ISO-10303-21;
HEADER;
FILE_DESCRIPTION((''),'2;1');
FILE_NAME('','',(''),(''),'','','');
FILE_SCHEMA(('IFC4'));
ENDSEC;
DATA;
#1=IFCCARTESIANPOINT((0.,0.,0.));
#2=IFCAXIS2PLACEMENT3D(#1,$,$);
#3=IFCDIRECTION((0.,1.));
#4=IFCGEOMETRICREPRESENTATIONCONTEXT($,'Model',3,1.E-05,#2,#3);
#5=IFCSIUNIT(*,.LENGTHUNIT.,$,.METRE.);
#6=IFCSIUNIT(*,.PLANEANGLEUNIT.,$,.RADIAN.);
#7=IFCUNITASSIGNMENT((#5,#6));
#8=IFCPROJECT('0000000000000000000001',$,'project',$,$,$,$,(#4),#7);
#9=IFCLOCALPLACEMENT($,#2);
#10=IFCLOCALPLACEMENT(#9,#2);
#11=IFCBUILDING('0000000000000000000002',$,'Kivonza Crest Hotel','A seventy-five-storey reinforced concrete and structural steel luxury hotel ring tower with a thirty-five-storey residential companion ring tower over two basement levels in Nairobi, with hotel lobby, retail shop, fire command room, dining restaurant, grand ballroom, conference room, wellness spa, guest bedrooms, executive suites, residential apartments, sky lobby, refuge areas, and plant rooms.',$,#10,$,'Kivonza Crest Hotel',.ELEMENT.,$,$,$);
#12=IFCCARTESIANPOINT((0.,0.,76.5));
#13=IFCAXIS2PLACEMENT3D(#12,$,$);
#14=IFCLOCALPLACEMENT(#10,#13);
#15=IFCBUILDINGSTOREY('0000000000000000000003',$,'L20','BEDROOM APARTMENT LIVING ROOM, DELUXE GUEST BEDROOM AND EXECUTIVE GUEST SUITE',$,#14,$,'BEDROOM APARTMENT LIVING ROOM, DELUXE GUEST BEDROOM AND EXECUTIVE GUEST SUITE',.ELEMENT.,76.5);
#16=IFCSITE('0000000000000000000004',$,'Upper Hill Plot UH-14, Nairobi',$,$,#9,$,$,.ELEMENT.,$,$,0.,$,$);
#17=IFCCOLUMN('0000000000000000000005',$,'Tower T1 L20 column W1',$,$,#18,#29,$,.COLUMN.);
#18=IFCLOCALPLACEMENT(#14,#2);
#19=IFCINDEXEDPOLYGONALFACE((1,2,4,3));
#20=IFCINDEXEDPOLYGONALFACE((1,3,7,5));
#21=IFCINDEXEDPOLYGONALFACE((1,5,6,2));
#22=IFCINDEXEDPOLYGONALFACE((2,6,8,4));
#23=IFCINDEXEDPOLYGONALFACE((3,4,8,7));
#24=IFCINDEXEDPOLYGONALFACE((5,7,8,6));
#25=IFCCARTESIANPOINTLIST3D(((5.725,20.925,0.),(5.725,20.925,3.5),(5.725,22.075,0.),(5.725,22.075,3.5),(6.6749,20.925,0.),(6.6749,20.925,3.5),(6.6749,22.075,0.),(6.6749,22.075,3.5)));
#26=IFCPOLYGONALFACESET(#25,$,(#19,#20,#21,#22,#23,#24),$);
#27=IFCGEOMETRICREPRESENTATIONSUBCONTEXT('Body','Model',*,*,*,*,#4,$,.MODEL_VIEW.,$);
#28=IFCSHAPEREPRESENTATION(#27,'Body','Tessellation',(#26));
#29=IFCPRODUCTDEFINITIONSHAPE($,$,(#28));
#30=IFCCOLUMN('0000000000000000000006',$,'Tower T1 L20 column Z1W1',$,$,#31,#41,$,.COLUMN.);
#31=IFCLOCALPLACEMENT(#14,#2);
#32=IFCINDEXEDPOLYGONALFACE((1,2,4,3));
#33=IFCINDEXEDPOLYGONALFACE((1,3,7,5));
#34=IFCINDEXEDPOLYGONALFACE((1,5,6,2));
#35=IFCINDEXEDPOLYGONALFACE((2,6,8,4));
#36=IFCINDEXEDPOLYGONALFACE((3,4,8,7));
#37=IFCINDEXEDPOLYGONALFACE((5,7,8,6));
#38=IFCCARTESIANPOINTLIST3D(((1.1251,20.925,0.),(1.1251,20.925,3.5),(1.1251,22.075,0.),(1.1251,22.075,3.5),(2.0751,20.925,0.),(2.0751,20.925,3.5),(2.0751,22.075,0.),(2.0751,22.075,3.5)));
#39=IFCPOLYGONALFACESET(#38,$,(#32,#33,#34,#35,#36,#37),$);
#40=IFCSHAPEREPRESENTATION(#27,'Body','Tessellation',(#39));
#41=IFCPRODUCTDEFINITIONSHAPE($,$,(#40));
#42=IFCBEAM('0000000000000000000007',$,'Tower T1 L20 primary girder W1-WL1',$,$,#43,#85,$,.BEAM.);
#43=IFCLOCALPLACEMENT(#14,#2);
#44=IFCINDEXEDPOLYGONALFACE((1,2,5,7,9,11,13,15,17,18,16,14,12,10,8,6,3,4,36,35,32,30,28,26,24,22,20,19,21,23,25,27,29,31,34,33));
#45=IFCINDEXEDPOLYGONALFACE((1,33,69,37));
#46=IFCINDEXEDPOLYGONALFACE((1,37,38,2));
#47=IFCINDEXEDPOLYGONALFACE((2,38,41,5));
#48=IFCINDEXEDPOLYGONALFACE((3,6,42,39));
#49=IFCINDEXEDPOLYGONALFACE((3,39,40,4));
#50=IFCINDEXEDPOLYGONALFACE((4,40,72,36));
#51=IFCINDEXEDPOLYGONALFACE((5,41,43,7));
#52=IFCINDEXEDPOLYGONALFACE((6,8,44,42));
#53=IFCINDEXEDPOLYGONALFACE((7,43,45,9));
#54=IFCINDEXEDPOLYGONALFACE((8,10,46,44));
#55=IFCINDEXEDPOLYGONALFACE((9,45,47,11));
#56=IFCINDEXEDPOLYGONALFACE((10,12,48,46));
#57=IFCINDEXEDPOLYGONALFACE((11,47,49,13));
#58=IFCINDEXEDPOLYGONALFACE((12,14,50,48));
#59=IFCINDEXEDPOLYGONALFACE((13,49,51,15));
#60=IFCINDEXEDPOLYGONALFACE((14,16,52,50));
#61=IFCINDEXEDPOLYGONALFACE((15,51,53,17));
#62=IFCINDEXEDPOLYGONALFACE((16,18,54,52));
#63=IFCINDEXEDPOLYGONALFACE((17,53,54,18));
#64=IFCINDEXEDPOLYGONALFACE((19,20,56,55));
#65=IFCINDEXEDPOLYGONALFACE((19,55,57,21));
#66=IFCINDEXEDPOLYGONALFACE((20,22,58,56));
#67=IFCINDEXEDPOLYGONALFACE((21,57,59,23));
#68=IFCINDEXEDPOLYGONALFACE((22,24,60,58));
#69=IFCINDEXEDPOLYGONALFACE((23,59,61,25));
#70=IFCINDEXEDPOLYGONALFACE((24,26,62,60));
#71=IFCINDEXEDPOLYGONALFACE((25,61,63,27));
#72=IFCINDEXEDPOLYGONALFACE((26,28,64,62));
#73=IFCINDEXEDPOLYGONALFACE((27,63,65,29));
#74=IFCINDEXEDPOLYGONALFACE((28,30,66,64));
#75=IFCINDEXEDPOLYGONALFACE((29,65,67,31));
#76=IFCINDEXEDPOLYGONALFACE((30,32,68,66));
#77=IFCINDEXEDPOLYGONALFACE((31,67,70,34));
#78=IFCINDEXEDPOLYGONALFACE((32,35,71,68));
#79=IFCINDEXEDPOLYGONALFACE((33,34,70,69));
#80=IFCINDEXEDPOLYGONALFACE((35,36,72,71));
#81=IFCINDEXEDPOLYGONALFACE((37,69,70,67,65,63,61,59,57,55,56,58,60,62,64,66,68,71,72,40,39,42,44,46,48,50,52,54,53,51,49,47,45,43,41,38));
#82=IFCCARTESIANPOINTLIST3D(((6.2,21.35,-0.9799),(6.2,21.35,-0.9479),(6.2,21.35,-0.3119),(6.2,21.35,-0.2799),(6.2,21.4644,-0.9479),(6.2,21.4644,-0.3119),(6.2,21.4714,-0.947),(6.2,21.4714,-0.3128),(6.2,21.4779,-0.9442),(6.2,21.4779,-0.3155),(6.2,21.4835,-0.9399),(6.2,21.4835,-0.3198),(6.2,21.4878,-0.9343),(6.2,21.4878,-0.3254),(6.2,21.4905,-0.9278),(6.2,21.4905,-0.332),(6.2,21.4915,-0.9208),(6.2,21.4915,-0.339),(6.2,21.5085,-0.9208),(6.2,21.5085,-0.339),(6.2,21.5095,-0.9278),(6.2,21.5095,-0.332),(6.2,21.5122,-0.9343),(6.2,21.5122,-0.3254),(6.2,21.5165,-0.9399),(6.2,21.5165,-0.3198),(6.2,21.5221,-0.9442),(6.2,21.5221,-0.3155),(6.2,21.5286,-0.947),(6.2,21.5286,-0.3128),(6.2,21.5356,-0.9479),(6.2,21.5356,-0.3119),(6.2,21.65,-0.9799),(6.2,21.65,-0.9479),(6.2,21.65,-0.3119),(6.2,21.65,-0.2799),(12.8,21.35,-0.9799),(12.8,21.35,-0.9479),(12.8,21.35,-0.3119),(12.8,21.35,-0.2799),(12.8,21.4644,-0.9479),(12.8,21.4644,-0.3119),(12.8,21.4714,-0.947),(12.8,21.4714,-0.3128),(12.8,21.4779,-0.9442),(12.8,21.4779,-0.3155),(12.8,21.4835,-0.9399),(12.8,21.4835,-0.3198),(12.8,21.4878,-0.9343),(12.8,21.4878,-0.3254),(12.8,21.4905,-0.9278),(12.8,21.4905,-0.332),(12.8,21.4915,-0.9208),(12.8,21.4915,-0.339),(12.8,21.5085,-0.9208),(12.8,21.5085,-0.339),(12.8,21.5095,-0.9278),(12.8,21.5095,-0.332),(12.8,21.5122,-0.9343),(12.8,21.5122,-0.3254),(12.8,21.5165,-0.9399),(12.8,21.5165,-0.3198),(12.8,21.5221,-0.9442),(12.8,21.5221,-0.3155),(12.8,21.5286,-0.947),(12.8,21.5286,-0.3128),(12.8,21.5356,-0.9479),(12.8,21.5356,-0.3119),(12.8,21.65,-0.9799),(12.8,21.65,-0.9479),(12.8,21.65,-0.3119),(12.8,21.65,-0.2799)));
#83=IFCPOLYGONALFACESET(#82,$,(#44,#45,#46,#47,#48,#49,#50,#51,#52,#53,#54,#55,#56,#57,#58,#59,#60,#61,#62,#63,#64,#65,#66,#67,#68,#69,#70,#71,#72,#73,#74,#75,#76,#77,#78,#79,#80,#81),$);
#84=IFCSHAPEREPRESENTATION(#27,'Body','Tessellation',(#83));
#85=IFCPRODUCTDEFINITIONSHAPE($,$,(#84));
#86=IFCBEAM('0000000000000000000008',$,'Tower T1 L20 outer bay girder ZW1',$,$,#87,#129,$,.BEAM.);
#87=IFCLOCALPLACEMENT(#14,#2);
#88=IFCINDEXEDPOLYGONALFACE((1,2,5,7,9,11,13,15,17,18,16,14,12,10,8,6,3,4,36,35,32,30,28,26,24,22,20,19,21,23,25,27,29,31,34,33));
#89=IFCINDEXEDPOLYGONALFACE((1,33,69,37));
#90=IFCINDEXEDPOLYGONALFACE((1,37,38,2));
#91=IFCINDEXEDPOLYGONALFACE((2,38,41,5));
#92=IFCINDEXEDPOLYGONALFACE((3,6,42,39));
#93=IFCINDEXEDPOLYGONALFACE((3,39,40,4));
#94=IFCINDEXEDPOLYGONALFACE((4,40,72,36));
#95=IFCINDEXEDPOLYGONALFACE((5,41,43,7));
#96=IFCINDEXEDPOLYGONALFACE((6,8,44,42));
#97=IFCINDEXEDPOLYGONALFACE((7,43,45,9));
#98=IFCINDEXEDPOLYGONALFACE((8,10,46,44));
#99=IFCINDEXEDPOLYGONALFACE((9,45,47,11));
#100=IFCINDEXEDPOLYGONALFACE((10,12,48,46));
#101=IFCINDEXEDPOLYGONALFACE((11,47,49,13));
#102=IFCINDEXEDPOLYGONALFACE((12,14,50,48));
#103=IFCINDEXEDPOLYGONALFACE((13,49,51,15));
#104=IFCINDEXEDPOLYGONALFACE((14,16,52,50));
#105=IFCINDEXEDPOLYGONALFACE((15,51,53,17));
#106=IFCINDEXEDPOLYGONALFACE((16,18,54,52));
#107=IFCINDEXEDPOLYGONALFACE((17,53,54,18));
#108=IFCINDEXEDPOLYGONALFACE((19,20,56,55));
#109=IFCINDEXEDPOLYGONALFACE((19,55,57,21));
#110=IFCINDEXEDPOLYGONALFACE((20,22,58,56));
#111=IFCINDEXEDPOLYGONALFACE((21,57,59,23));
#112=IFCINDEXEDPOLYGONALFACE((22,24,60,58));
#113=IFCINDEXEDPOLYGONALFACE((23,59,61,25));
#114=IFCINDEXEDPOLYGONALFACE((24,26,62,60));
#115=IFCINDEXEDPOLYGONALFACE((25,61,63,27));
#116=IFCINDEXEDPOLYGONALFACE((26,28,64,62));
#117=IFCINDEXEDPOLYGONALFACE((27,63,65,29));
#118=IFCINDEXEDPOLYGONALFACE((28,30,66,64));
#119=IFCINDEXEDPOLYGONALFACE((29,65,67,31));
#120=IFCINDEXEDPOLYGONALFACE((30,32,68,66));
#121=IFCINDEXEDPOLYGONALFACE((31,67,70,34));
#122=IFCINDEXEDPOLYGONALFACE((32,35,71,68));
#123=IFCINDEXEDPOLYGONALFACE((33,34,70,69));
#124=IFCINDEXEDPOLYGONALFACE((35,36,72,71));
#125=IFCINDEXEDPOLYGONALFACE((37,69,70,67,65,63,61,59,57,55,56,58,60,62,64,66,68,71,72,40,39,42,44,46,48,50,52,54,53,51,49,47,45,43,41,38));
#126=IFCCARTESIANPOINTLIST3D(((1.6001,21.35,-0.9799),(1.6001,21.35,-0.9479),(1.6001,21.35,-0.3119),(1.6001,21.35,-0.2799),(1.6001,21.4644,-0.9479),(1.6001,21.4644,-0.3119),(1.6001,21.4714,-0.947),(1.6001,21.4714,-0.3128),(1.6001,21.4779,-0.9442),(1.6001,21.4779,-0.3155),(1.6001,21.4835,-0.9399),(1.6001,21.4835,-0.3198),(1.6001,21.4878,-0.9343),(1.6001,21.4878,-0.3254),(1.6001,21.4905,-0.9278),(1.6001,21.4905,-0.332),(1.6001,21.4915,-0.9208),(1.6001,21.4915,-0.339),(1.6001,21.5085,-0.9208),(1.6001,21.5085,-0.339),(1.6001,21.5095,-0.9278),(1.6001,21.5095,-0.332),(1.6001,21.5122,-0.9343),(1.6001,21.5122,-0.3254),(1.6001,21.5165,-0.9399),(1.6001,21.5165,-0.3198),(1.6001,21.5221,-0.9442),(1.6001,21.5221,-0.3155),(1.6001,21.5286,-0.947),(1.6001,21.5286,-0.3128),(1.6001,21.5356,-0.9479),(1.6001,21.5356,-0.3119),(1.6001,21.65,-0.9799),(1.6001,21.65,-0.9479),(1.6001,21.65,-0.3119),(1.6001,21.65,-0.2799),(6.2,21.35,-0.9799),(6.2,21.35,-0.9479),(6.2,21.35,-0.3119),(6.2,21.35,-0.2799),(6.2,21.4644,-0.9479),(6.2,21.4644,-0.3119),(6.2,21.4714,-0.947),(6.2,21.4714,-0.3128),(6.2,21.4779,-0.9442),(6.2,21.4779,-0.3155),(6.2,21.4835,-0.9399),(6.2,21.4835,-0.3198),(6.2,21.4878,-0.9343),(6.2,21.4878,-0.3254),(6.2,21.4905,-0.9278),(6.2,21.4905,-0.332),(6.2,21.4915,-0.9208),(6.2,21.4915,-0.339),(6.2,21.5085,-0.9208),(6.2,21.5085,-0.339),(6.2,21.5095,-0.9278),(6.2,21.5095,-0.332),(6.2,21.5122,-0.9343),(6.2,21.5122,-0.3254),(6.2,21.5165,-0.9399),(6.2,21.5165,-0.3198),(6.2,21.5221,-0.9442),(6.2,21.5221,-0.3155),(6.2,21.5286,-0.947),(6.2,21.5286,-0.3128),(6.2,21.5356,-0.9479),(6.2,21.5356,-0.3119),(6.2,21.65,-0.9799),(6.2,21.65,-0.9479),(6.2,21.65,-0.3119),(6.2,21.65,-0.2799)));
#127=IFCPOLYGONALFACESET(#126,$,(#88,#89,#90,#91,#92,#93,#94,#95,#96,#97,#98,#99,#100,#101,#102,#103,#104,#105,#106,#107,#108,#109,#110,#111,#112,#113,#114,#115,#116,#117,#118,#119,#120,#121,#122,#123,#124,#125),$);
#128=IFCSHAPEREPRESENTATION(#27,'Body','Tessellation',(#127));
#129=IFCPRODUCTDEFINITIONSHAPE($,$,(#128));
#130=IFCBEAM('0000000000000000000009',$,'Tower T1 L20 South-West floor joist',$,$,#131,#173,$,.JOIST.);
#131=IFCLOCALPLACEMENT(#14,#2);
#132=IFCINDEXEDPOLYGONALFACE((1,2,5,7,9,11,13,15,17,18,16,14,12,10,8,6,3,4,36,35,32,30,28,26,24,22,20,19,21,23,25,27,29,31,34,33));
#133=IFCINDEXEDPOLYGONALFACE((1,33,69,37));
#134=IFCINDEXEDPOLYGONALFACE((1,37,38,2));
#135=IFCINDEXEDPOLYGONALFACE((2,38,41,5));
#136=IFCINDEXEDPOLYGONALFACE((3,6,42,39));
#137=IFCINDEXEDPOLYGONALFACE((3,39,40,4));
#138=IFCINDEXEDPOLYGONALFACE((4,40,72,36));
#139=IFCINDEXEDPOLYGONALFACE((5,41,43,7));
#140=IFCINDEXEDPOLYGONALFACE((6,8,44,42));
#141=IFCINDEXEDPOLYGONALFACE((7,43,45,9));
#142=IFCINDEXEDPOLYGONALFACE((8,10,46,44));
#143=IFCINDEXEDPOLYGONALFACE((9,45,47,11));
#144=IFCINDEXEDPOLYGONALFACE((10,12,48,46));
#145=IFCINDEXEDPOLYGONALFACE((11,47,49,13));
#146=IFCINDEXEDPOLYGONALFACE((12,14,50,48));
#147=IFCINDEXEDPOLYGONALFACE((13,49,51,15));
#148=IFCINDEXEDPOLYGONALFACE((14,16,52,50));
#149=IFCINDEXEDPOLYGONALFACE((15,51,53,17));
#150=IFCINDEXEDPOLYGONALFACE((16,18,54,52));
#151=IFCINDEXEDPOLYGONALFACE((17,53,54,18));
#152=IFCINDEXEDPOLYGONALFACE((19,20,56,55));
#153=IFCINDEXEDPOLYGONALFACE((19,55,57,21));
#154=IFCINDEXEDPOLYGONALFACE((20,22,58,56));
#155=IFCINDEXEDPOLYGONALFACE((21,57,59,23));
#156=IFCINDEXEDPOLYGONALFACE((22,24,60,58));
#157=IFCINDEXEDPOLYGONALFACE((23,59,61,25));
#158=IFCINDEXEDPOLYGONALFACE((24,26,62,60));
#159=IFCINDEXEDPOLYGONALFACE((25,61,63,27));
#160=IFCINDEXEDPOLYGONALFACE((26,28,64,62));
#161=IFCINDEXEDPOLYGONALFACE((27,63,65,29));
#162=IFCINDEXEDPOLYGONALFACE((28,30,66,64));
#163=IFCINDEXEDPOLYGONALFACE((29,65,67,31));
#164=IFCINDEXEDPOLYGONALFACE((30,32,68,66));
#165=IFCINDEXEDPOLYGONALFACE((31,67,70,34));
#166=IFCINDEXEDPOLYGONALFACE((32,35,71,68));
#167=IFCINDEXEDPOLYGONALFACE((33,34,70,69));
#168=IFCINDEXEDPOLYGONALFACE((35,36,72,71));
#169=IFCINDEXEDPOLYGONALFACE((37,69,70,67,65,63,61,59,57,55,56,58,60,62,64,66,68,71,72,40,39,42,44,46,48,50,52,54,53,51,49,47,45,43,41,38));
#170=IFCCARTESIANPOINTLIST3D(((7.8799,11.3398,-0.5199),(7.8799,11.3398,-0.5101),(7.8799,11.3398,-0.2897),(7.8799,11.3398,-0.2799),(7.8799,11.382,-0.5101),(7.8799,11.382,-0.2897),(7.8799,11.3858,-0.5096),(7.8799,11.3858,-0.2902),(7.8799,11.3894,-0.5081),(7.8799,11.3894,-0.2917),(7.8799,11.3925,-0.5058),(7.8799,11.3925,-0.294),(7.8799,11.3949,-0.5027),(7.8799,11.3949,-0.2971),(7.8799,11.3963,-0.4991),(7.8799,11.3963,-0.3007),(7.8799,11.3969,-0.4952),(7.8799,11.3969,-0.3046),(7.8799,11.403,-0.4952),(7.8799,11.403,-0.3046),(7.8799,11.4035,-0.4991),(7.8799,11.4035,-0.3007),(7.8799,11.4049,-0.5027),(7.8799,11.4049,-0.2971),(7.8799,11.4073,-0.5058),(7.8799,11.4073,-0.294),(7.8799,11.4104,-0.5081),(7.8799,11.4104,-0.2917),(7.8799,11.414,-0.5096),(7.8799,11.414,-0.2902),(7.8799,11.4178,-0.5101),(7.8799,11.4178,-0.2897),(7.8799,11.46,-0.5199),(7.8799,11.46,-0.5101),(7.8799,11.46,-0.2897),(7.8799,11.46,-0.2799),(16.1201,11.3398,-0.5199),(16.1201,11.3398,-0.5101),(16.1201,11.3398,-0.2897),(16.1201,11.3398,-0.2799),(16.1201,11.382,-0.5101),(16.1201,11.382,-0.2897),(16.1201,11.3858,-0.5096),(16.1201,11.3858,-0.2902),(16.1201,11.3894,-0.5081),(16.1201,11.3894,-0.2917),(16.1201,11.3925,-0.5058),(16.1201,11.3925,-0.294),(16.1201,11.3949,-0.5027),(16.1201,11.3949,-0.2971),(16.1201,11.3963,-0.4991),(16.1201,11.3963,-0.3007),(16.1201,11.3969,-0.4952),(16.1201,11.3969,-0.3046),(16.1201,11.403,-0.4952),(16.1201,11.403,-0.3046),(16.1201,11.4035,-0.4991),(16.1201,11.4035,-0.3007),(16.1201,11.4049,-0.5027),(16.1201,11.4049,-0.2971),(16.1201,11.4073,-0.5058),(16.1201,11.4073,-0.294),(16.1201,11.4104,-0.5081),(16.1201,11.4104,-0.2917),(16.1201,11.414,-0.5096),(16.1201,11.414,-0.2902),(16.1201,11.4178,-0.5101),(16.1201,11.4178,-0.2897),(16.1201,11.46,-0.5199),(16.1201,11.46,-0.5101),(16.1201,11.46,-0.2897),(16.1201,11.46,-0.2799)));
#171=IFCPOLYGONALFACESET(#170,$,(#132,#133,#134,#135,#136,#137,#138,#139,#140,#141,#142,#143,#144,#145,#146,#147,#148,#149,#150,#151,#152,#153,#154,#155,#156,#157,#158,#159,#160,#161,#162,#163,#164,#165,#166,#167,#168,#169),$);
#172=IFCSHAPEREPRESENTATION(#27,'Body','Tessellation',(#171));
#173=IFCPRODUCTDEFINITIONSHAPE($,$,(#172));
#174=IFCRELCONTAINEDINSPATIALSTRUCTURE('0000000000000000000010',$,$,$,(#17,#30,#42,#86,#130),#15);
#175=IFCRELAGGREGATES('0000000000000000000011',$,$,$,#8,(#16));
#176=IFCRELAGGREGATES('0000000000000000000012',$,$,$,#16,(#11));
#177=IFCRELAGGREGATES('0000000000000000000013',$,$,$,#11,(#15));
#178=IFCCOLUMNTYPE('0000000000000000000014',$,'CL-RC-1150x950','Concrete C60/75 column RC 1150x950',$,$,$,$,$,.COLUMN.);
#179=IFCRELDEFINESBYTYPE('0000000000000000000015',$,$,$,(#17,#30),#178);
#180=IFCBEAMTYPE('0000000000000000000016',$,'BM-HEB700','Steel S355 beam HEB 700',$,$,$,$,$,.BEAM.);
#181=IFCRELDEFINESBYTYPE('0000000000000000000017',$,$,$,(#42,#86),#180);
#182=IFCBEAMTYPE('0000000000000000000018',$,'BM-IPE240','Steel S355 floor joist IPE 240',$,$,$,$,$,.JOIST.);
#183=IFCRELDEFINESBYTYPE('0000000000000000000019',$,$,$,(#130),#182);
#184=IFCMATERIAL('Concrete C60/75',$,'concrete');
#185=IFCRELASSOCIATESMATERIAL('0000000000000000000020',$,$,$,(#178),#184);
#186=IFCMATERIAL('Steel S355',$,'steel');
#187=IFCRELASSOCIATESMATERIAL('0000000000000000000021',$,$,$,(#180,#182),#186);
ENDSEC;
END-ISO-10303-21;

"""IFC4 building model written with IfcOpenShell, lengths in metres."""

from ifc_helpers import new_model, si_unit, direction, frame, origin, origin_2d, place, context, subcontext, project, spatial, rectangle, i_section, extrude, material, material_profile, profile_set, type_object, element, save


model = new_model("IFC4")

# Units and contexts
model_context = context("Model", 3, precision=1e-05, world=origin(), true_north=direction((0.0, 1.0)))
body_context = subcontext(model_context, "Body", "Model", "MODEL_VIEW")
ifc_project = project(units=[si_unit("LENGTHUNIT", "METRE"), si_unit("PLANEANGLEUNIT", "RADIAN")], contexts=[model_context])

# Site, building, storey
site_placement = place(None, origin())
site = spatial("IfcSite", under=ifc_project, at=site_placement, Name="Upper Hill Plot UH-14, Nairobi", CompositionType="ELEMENT", RefElevation=0.0)
building_placement = place(site_placement, origin())
building = spatial("IfcBuilding", under=site, at=building_placement, Name="Kivonza Crest Hotel", Description="A seventy-five-storey reinforced concrete and structural steel luxury hotel ring tower with a thirty-five-storey residential companion ring tower over two basement levels in Nairobi, with hotel lobby, retail shop, fire command room, dining restaurant, grand ballroom, conference room, wellness spa, guest bedrooms, executive suites, residential apartments, sky lobby, refuge areas, and plant rooms.", LongName="Kivonza Crest Hotel", CompositionType="ELEMENT")
storey_placement = place(building_placement, frame((0.0, 0.0, 76.5)))
storey = spatial("IfcBuildingStorey", under=building, at=storey_placement, Name="L20", Description="BEDROOM APARTMENT LIVING ROOM, DELUXE GUEST BEDROOM AND EXECUTIVE GUEST SUITE", LongName="BEDROOM APARTMENT LIVING ROOM, DELUXE GUEST BEDROOM AND EXECUTIVE GUEST SUITE", CompositionType="ELEMENT", Elevation=76.5)

# Columns
ifc_material_1 = material(Name="Concrete C60/75", Category="concrete")
ifc_material_profile_1 = material_profile(ifc_material_1, rectangle(XDim=0.95, YDim=1.1499, at=origin_2d()), Name="RC 1150x950")
ifc_profile_set_1 = profile_set([ifc_material_profile_1], Name="Concrete C60/75")
column_type = type_object("IfcColumnType", Name="CL-RC-1150x950", Description="Concrete C60/75 column RC 1150x950", PredefinedType="COLUMN", material=ifc_profile_set_1)
for number, where, z_axis, x_axis, name in (
    (1, (6.2, 21.5, 0.0), (0.0, 0.0, 1.0), (1.0, 0.0, 0.0), "Tower T1 L20 column W1"),
    (2, (1.6001, 21.5, 0.0), (0.0, 0.0, 1.0), (1.0, 0.0, 0.0), "Tower T1 L20 column Z1W1"),
):
    element("IfcColumn", number, at=place(storey_placement, frame(where, z_axis=z_axis, x_axis=x_axis)), inside=storey, type_object=column_type, Name=name, PredefinedType="COLUMN", context=body_context, shape_type="SweptSolid", body=[
        extrude(rectangle(XDim=0.95, YDim=1.1499, at=origin_2d()), origin(), (0.0, 0.0, 1.0), 3.5),
    ])

# Beams
ifc_material_2 = material(Name="Steel S355", Category="steel")
ifc_material_profile_2 = material_profile(ifc_material_2, i_section(OverallWidth=0.3, OverallDepth=0.7, WebThickness=0.0171, FlangeThickness=0.032, FilletRadius=0.0271, at=origin_2d()), Name="HEB 700")
ifc_profile_set_2 = profile_set([ifc_material_profile_2], Name="Steel S355")
beam_type_1 = type_object("IfcBeamType", Name="BM-HEB700", Description="Steel S355 beam HEB 700", PredefinedType="BEAM", material=ifc_profile_set_2)
beam_1_placement = place(storey_placement, frame((6.2, 21.5, -0.6299), z_axis=(1.0, 0.0, 0.0), x_axis=(0.0, 1.0, 0.0)))
element("IfcBeam", 3, at=beam_1_placement, inside=storey, type_object=beam_type_1, Name="Tower T1 L20 primary girder W1-WL1", PredefinedType="BEAM", context=body_context, shape_type="SweptSolid", body=[
    extrude(i_section(OverallWidth=0.3, OverallDepth=0.7, WebThickness=0.0171, FlangeThickness=0.032, FilletRadius=0.0271, at=origin_2d()), origin(), (0.0, 0.0, 1.0), 6.6001),
])
beam_2_placement = place(storey_placement, frame((1.6001, 21.5, -0.6299), z_axis=(1.0, 0.0, 0.0), x_axis=(0.0, 1.0, 0.0)))
element("IfcBeam", 4, at=beam_2_placement, inside=storey, type_object=beam_type_1, Name="Tower T1 L20 outer bay girder ZW1", PredefinedType="BEAM", context=body_context, shape_type="SweptSolid", body=[
    extrude(i_section(OverallWidth=0.3, OverallDepth=0.7, WebThickness=0.0171, FlangeThickness=0.032, FilletRadius=0.0271, at=origin_2d()), origin(), (0.0, 0.0, 1.0), 4.5999),
])
ifc_material_profile_3 = material_profile(ifc_material_2, i_section(OverallWidth=0.1201, OverallDepth=0.24, WebThickness=0.0061, FlangeThickness=0.0098, FilletRadius=0.0149, at=origin_2d()), Name="IPE 240")
ifc_profile_set_3 = profile_set([ifc_material_profile_3], Name="Steel S355")
beam_type_2 = type_object("IfcBeamType", Name="BM-IPE240", Description="Steel S355 floor joist IPE 240", PredefinedType="JOIST", material=ifc_profile_set_3)
beam_3_placement = place(storey_placement, frame((7.8799, 11.3999, -0.3999), z_axis=(1.0, 0.0, 0.0), x_axis=(0.0, 1.0, 0.0)))
element("IfcBeam", 5, at=beam_3_placement, inside=storey, type_object=beam_type_2, Name="Tower T1 L20 South-West floor joist", PredefinedType="JOIST", context=body_context, shape_type="SweptSolid", body=[
    extrude(i_section(OverallWidth=0.1201, OverallDepth=0.24, WebThickness=0.0061, FlangeThickness=0.0098, FilletRadius=0.0149, at=origin_2d()), origin(), (0.0, 0.0, 1.0), 8.2402),
])

save(model, "model.ifc")
